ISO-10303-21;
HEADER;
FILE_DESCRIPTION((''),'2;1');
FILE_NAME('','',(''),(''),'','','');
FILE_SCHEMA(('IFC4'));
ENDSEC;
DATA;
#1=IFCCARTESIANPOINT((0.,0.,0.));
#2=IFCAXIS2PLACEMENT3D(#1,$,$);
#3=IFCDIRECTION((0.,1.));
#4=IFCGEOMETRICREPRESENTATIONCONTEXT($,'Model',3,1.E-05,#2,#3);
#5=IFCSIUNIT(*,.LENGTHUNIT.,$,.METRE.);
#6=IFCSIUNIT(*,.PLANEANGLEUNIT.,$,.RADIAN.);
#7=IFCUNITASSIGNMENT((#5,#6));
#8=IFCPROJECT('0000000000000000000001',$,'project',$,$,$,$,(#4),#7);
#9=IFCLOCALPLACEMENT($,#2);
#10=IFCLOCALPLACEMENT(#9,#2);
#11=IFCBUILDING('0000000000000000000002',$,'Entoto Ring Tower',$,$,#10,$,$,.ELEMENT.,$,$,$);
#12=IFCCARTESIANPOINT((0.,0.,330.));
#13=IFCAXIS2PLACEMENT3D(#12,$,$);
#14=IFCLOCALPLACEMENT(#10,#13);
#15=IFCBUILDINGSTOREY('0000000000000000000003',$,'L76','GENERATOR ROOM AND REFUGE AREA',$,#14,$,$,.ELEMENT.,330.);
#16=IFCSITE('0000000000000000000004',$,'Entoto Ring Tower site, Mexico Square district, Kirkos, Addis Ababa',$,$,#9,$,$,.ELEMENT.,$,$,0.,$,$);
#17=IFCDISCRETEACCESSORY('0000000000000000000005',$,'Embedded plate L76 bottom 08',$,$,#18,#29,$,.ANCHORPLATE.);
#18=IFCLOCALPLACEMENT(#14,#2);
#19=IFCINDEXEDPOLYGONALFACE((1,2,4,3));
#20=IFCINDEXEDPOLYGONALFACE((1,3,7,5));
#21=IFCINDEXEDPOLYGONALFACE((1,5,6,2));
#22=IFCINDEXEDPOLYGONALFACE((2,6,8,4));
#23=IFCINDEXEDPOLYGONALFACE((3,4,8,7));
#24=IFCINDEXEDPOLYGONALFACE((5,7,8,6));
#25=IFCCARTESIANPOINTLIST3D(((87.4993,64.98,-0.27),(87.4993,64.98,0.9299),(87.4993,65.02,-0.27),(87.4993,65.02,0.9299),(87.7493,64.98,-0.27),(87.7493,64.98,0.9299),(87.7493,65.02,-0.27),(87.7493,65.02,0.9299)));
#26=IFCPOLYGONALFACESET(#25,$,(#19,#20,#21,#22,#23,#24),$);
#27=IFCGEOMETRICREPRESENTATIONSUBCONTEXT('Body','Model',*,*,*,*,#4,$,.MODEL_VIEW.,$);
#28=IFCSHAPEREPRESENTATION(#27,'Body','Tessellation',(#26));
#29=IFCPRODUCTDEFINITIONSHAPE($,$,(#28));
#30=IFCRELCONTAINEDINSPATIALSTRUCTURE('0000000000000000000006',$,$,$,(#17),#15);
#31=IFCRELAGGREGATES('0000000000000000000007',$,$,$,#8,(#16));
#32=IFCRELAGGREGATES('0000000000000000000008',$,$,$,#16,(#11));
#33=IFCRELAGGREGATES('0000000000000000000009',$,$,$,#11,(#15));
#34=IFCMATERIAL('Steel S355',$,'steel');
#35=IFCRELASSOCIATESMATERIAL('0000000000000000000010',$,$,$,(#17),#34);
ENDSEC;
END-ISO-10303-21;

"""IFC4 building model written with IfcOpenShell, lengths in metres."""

from ifc_helpers import new_model, si_unit, direction, frame, origin, origin_2d, place, context, subcontext, project, spatial, rectangle, extrude, material, element, save


model = new_model("IFC4")

# Units and contexts
model_context = context("Model", 3, precision=1e-05, world=origin(), true_north=direction((0.0, 1.0)))
body_context = subcontext(model_context, "Body", "Model", "MODEL_VIEW")
ifc_project = project(units=[si_unit("LENGTHUNIT", "METRE"), si_unit("PLANEANGLEUNIT", "RADIAN")], contexts=[model_context])

# Site, building, storey
site_placement = place(None, origin())
site = spatial("IfcSite", under=ifc_project, at=site_placement, Name="Entoto Ring Tower site, Mexico Square district, Kirkos, Addis Ababa", CompositionType="ELEMENT", RefElevation=0.0)
building_placement = place(site_placement, origin())
building = spatial("IfcBuilding", under=site, at=building_placement, Name="Entoto Ring Tower", CompositionType="ELEMENT")
storey_placement = place(building_placement, frame((0.0, 0.0, 330.0)))
storey = spatial("IfcBuildingStorey", under=building, at=storey_placement, Name="L76", Description="GENERATOR ROOM AND REFUGE AREA", CompositionType="ELEMENT", Elevation=330.0)

# Discrete accessory
ifc_material_1 = material(Name="Steel S355", Category="steel")
discrete_accessory_1_placement = place(storey_placement, frame((87.6243, 65.0, -0.27), z_axis=(0.0, 0.0, 1.0), x_axis=(0.0, -1.0, 0.0)))
element("IfcDiscreteAccessory", 1, at=discrete_accessory_1_placement, inside=storey, material=ifc_material_1, Name="Embedded plate L76 bottom 08", PredefinedType="ANCHORPLATE", context=body_context, shape_type="SweptSolid", body=[
    extrude(rectangle(XDim=0.04, YDim=0.25, at=origin_2d()), origin(), (0.0, 0.0, 1.0), 1.2),
])

save(model, "model.ifc")
